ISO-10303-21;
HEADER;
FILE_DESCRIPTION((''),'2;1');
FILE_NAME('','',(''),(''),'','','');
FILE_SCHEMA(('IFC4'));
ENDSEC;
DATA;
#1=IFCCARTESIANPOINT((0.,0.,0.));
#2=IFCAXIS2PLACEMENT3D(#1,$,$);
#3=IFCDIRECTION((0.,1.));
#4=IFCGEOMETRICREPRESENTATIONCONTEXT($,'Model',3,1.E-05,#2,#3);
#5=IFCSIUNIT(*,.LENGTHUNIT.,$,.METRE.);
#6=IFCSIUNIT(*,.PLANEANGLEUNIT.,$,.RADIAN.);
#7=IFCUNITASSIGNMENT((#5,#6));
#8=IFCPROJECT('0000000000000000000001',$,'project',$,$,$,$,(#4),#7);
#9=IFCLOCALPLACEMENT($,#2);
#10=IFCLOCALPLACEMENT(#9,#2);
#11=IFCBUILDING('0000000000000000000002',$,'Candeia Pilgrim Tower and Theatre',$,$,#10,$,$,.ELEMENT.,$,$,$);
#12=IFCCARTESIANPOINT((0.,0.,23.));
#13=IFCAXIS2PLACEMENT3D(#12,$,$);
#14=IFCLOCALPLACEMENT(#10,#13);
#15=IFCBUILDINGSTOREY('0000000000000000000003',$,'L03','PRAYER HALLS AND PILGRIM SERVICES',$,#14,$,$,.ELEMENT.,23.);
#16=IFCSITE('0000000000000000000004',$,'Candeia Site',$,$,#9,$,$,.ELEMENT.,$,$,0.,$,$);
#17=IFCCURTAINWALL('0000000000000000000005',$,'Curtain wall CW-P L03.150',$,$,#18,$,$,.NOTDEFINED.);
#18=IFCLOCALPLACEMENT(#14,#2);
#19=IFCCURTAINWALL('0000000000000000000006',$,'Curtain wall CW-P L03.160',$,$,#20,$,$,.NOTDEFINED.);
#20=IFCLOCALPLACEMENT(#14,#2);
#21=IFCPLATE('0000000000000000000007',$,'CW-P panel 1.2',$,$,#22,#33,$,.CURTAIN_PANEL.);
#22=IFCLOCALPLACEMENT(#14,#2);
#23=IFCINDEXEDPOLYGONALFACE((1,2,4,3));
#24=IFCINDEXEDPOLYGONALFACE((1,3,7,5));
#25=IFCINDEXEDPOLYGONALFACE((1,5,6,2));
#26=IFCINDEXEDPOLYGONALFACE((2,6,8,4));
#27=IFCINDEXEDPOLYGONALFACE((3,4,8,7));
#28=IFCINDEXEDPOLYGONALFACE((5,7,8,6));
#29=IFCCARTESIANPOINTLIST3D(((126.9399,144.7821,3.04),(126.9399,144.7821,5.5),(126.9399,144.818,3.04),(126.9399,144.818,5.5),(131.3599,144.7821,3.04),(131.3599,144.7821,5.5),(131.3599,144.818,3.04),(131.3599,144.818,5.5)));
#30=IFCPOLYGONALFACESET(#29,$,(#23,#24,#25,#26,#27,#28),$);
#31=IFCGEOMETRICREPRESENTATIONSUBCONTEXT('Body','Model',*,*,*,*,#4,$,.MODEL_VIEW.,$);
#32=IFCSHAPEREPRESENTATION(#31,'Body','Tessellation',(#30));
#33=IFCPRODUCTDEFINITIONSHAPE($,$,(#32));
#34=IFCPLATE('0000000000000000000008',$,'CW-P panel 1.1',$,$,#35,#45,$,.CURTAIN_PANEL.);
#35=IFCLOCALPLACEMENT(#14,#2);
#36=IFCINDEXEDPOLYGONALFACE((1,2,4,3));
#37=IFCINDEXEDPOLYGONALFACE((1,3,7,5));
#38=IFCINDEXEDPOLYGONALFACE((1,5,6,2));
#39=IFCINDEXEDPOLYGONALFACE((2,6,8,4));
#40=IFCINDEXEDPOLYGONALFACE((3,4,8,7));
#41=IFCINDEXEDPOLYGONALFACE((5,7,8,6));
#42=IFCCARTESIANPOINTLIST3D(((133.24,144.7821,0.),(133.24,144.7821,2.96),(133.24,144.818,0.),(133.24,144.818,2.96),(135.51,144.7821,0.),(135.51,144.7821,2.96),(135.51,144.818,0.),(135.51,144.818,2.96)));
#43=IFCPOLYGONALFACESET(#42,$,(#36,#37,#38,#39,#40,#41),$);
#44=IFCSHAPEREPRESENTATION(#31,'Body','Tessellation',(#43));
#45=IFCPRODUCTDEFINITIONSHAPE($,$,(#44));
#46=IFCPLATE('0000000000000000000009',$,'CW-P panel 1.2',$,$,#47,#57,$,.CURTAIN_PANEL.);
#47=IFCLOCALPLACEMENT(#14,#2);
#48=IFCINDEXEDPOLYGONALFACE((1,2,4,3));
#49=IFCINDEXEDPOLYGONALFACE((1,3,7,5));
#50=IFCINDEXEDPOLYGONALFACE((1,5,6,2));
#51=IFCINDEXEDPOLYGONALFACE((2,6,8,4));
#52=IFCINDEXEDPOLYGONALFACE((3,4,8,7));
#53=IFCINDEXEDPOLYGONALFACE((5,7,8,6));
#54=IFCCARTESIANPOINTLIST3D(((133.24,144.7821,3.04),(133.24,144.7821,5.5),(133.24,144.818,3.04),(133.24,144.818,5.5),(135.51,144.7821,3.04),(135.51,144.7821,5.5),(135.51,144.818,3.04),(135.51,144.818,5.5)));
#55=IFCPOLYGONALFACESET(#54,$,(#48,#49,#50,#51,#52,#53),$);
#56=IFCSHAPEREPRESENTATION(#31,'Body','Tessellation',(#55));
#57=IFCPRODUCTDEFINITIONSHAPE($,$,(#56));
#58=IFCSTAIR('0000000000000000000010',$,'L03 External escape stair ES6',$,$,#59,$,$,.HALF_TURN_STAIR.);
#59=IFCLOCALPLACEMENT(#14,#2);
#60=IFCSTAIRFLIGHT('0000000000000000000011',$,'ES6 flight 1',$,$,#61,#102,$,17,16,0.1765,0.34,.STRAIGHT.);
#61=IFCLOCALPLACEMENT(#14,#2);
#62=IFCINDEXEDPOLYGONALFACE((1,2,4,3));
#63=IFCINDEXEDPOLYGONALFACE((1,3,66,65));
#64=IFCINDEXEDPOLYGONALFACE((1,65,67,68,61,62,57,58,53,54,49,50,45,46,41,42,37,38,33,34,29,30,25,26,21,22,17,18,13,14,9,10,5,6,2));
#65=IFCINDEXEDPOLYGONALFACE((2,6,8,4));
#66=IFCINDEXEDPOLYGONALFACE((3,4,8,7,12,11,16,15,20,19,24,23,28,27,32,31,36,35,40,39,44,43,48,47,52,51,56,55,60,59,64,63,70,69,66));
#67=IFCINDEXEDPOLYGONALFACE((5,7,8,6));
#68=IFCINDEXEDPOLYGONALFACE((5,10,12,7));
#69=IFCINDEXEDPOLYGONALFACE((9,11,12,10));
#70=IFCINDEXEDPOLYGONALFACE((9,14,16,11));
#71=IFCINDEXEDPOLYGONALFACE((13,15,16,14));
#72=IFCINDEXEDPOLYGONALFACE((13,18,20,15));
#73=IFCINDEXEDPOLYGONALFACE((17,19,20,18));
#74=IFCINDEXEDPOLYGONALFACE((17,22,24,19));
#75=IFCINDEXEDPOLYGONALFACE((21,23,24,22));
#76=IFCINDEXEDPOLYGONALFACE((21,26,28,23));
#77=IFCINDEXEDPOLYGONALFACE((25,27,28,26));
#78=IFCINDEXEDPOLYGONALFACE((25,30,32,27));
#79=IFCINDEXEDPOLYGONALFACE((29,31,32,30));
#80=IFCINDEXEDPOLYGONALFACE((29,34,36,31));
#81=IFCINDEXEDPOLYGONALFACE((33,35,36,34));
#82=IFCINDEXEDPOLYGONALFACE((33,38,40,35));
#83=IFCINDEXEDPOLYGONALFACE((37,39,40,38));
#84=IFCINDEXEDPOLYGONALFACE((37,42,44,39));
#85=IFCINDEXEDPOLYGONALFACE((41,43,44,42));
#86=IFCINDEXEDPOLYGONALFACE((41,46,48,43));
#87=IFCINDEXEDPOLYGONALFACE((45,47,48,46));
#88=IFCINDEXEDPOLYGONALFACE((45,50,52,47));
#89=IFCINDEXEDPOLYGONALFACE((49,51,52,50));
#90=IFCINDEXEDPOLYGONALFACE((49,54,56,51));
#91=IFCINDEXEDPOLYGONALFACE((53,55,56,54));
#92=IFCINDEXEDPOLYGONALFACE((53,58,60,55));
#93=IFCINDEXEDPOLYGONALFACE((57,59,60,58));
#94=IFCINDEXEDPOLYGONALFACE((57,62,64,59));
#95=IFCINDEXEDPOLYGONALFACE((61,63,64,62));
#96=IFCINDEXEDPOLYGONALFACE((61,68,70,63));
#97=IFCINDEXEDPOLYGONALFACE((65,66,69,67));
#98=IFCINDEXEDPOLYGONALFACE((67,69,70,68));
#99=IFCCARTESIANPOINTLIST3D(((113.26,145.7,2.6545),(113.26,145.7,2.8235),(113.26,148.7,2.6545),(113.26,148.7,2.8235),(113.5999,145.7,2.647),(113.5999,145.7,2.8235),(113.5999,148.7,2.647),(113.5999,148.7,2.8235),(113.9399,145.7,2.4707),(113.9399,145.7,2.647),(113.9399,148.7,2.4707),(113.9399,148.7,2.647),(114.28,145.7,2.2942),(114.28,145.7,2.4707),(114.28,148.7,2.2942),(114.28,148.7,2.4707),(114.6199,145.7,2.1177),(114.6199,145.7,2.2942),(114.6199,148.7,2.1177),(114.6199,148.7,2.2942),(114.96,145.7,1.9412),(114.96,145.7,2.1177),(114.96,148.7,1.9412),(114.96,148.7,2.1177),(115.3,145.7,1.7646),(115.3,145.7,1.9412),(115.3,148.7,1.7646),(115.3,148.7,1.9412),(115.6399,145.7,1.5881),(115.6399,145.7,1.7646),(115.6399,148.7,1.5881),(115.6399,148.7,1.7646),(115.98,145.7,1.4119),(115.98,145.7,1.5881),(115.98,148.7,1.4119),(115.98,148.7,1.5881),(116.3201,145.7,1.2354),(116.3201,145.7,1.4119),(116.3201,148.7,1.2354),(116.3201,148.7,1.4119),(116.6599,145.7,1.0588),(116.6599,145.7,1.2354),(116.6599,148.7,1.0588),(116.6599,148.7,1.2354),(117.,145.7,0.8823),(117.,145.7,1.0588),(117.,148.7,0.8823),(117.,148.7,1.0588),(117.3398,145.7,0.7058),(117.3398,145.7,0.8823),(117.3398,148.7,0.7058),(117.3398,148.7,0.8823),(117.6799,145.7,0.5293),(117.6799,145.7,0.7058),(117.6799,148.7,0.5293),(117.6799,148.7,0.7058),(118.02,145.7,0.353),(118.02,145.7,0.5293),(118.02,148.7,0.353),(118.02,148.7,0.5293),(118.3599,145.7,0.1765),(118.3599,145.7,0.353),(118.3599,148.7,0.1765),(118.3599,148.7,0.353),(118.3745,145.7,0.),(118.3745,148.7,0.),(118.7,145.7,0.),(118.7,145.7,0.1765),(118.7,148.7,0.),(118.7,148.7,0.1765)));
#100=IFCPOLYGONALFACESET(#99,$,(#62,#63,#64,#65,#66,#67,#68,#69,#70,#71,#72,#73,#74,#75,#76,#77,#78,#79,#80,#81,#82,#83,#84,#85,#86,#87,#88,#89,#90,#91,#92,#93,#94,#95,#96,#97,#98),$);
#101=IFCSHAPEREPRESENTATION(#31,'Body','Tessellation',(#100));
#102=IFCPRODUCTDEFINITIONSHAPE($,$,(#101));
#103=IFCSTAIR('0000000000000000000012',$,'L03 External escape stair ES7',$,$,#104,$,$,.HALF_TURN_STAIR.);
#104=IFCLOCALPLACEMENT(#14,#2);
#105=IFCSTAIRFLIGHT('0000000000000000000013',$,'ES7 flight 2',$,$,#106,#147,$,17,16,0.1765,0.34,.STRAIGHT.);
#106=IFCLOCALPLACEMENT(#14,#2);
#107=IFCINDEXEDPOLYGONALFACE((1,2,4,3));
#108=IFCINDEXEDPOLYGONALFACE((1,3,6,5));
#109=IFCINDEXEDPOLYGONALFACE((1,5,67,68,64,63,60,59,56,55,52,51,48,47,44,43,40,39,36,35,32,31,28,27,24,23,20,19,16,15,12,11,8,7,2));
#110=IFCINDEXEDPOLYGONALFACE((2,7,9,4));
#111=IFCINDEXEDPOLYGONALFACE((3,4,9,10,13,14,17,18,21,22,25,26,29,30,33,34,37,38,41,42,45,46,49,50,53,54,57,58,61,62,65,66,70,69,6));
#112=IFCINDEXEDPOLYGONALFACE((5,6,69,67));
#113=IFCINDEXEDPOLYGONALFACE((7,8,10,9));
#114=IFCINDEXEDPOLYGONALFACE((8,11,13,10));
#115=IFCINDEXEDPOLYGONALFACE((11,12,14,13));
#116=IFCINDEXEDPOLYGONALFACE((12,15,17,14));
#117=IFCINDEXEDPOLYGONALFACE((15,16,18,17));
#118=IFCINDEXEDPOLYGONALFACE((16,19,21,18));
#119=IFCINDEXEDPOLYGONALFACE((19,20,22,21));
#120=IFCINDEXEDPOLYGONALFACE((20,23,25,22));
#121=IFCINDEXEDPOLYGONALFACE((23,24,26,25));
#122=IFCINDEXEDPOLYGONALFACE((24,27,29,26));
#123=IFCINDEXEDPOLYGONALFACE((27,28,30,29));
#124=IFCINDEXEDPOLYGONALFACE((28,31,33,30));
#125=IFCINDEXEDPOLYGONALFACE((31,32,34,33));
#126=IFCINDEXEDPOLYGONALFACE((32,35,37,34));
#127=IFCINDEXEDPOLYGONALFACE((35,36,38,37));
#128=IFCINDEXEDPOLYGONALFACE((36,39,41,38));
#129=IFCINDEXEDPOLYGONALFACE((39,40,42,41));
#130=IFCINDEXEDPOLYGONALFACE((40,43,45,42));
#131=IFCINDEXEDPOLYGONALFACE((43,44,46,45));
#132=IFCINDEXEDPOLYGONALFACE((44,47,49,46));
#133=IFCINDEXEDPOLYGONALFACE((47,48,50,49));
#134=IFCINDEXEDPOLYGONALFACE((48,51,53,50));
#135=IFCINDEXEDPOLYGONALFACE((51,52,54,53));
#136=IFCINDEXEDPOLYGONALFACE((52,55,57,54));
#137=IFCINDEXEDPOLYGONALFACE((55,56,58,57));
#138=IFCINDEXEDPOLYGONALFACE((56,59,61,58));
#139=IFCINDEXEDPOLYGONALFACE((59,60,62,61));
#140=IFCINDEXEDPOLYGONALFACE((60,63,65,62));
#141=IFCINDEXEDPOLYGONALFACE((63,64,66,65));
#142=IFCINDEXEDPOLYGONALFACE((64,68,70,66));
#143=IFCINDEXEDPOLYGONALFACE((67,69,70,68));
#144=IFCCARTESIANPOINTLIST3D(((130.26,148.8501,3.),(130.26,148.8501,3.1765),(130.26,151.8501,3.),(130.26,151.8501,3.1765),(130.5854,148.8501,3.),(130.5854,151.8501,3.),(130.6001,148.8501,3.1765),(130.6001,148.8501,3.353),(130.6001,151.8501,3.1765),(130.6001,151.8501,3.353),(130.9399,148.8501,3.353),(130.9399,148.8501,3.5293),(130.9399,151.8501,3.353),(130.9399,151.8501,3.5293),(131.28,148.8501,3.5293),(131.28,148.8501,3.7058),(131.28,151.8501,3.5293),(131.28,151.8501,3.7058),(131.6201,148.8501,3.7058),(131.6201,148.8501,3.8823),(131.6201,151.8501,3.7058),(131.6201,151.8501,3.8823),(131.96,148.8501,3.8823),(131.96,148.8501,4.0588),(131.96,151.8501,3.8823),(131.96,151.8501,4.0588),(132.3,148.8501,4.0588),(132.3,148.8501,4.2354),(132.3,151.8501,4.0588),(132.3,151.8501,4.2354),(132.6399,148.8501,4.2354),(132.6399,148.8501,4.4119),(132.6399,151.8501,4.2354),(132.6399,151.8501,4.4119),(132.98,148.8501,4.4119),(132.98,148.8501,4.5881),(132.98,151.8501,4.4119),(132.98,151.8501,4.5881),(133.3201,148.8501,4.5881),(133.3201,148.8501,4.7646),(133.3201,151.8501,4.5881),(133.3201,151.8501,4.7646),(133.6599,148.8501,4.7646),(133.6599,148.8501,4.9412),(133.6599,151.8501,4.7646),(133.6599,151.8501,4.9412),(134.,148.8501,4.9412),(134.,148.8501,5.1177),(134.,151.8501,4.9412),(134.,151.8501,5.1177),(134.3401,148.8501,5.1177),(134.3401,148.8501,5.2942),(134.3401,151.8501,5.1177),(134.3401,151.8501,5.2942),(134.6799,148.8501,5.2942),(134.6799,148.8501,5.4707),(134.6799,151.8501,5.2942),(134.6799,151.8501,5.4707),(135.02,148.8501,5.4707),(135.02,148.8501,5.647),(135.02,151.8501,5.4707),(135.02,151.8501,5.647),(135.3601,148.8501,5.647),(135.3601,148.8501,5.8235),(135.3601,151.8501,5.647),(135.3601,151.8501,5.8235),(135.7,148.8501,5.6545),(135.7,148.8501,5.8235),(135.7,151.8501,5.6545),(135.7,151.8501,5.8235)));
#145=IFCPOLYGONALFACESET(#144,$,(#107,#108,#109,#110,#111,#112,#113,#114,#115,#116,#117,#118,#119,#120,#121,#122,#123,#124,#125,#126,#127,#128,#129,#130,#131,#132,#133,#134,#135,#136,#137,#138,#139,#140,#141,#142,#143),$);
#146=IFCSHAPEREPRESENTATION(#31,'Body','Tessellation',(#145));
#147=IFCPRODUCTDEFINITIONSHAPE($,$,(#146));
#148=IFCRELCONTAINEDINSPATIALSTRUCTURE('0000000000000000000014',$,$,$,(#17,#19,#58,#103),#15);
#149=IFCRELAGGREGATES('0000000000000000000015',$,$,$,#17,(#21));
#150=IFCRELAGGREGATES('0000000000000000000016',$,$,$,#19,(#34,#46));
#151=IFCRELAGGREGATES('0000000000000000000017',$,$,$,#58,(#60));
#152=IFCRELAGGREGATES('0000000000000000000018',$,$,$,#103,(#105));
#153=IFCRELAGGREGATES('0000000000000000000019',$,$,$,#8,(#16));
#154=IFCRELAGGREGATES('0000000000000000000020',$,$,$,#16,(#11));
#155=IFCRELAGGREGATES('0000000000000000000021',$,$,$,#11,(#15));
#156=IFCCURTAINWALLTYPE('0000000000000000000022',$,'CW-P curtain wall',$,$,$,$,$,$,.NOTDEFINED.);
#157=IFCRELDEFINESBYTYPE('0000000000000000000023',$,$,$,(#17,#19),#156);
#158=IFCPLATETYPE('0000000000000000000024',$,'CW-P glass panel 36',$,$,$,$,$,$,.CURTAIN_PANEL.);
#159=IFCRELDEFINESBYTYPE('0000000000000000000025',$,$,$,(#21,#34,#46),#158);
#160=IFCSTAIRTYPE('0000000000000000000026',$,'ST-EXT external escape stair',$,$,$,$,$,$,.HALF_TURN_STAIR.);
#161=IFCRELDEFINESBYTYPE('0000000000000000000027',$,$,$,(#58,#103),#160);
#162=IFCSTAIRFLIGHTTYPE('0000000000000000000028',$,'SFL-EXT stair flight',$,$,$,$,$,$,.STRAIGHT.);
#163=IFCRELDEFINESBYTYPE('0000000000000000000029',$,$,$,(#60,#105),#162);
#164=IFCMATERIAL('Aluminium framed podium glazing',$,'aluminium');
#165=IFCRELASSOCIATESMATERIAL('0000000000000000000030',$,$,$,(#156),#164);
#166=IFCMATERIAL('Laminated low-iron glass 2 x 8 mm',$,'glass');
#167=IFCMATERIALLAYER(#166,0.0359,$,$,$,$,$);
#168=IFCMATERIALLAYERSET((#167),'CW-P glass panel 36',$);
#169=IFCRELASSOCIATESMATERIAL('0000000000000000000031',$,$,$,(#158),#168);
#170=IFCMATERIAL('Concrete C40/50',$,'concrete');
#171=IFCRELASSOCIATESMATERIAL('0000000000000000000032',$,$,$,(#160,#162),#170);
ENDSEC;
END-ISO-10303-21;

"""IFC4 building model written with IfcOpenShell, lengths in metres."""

from ifc_helpers import new_model, si_unit, direction, frame, origin, origin_2d, place, context, subcontext, project, spatial, polyline, rectangle, outline, extrude, material, layer, layer_set, type_object, element, aggregate, save


model = new_model("IFC4")

# Units and contexts
model_context = context("Model", 3, precision=1e-05, world=origin(), true_north=direction((0.0, 1.0)))
body_context = subcontext(model_context, "Body", "Model", "MODEL_VIEW")
ifc_project = project(units=[si_unit("LENGTHUNIT", "METRE"), si_unit("PLANEANGLEUNIT", "RADIAN")], contexts=[model_context])

# Site, building, storey
site_placement = place(None, origin())
site = spatial("IfcSite", under=ifc_project, at=site_placement, Name="Candeia Site", CompositionType="ELEMENT", RefElevation=0.0)
building_placement = place(site_placement, origin())
building = spatial("IfcBuilding", under=site, at=building_placement, Name="Candeia Pilgrim Tower and Theatre", CompositionType="ELEMENT")
storey_placement = place(building_placement, frame((0.0, 0.0, 23.0)))
storey = spatial("IfcBuildingStorey", under=building, at=storey_placement, Name="L03", Description="PRAYER HALLS AND PILGRIM SERVICES", CompositionType="ELEMENT", Elevation=23.0)

# Shared definitions
ifc_material_1 = material(Name="Concrete C40/50", Category="concrete")

# Curtain wall
ifc_material_2 = material(Name="Aluminium framed podium glazing", Category="aluminium")
curtain_wall_type = type_object("IfcCurtainWallType", Name="CW-P curtain wall", PredefinedType="NOTDEFINED", material=ifc_material_2)
curtain_wall_1_placement = place(storey_placement, origin())
curtain_wall_1 = element("IfcCurtainWall", 1, at=curtain_wall_1_placement, inside=storey, type_object=curtain_wall_type, Name="Curtain wall CW-P L03.150", PredefinedType="NOTDEFINED")

# Curtain wall
curtain_wall_2_placement = place(storey_placement, origin())
curtain_wall_2 = element("IfcCurtainWall", 2, at=curtain_wall_2_placement, inside=storey, type_object=curtain_wall_type, Name="Curtain wall CW-P L03.160", PredefinedType="NOTDEFINED")

# Plates
ifc_material_3 = material(Name="Laminated low-iron glass 2 x 8 mm", Category="glass")
ifc_layer_1 = layer(ifc_material_3, 0.0359)
ifc_layer_set_1 = layer_set([ifc_layer_1], Name="CW-P glass panel 36")
plate_type = type_object("IfcPlateType", Name="CW-P glass panel 36", PredefinedType="CURTAIN_PANEL", material=ifc_layer_set_1)
plate_1_placement = place(storey_placement, frame((129.1499, 144.8, 3.04), z_axis=(0.0, 0.0, 1.0), x_axis=(1.0, 0.0, 0.0)))
plate_1 = element("IfcPlate", 3, at=plate_1_placement, type_object=plate_type, Name="CW-P panel 1.2", PredefinedType="CURTAIN_PANEL", context=body_context, shape_type="SweptSolid", body=[
    extrude(rectangle(XDim=4.4199, YDim=0.0359, at=origin_2d()), origin(), (0.0, 0.0, 1.0), 2.46),
])
aggregate(curtain_wall_1, [plate_1])
plate_2_placement = place(storey_placement, frame((134.375, 144.8, 0.0), z_axis=(0.0, 0.0, 1.0), x_axis=(1.0, 0.0, 0.0)))
plate_2 = element("IfcPlate", 4, at=plate_2_placement, type_object=plate_type, Name="CW-P panel 1.1", PredefinedType="CURTAIN_PANEL", context=body_context, shape_type="SweptSolid", body=[
    extrude(rectangle(XDim=2.27, YDim=0.0359, at=origin_2d()), origin(), (0.0, 0.0, 1.0), 2.96),
])
plate_3_placement = place(storey_placement, frame((134.375, 144.8, 3.04), z_axis=(0.0, 0.0, 1.0), x_axis=(1.0, 0.0, 0.0)))
plate_3 = element("IfcPlate", 5, at=plate_3_placement, type_object=plate_type, Name="CW-P panel 1.2", PredefinedType="CURTAIN_PANEL", context=body_context, shape_type="SweptSolid", body=[
    extrude(rectangle(XDim=2.27, YDim=0.0359, at=origin_2d()), origin(), (0.0, 0.0, 1.0), 2.46),
])
aggregate(curtain_wall_2, [plate_2, plate_3])

# Stairs, stair flights
stair_type = type_object("IfcStairType", Name="ST-EXT external escape stair", PredefinedType="HALF_TURN_STAIR", material=ifc_material_1)
stair_1_placement = place(storey_placement, origin())
stair_1 = element("IfcStair", 6, at=stair_1_placement, inside=storey, type_object=stair_type, Name="L03 External escape stair ES6", PredefinedType="HALF_TURN_STAIR")
stair_flight_type = type_object("IfcStairFlightType", Name="SFL-EXT stair flight", PredefinedType="STRAIGHT", material=ifc_material_1)
stair_flight_1_placement = place(storey_placement, frame((118.7, 147.2, 0.0), z_axis=(0.0, 0.0, 1.0), x_axis=(-1.0, 0.0, 0.0)))
stair_flight_1 = element("IfcStairFlight", 7, at=stair_flight_1_placement, type_object=stair_flight_type, Name="ES6 flight 1", NumberOfRisers=17, NumberOfTreads=16, PredefinedType="STRAIGHT", RiserHeight=0.1765, TreadLength=0.34, context=body_context, shape_type="SweptSolid", body=[
    extrude(outline(polyline([(0.0, 0.0), (0.0, 0.1765), (0.3401, 0.1765), (0.3401, 0.353), (0.6799, 0.353), (0.6799, 0.5293), (1.02, 0.5293), (1.02, 0.7058), (1.3601, 0.7058), (1.3601, 0.8823), (1.7, 0.8823), (1.7, 1.0588), (2.04, 1.0588), (2.04, 1.2354), (2.3799, 1.2354), (2.3799, 1.4119), (2.72, 1.4119), (2.72, 1.5881), (3.0601, 1.5881), (3.0601, 1.7646), (3.3999, 1.7646), (3.3999, 1.9412), (3.74, 1.9412), (3.74, 2.1177), (4.0801, 2.1177), (4.0801, 2.2942), (4.4199, 2.2942), (4.4199, 2.4707), (4.76, 2.4707), (4.76, 2.647), (5.1001, 2.647), (5.1001, 2.8235), (5.4399, 2.8235), (5.4399, 3.0), (5.4399, 2.6545), (0.3254, 0.0), (0.0, 0.0)])), frame((0.0, 1.5, 0.0), z_axis=(0.0, -1.0, 0.0), x_axis=(1.0, 0.0, 0.0)), (0.0, 0.0, 1.0), 3.0),
])
aggregate(stair_1, [stair_flight_1])
stair_2_placement = place(storey_placement, origin())
stair_2 = element("IfcStair", 8, at=stair_2_placement, inside=storey, type_object=stair_type, Name="L03 External escape stair ES7", PredefinedType="HALF_TURN_STAIR")
stair_flight_2_placement = place(storey_placement, frame((130.26, 150.3501, 3.0), z_axis=(0.0, 0.0, 1.0), x_axis=(1.0, 0.0, 0.0)))
stair_flight_2 = element("IfcStairFlight", 9, at=stair_flight_2_placement, type_object=stair_flight_type, Name="ES7 flight 2", NumberOfRisers=17, NumberOfTreads=16, PredefinedType="STRAIGHT", RiserHeight=0.1765, TreadLength=0.34, context=body_context, shape_type="SweptSolid", body=[
    extrude(outline(polyline([(0.0, 0.0), (0.0, 0.1765), (0.3401, 0.1765), (0.3401, 0.353), (0.6799, 0.353), (0.6799, 0.5293), (1.02, 0.5293), (1.02, 0.7058), (1.3601, 0.7058), (1.3601, 0.8823), (1.7, 0.8823), (1.7, 1.0588), (2.04, 1.0588), (2.04, 1.2354), (2.3799, 1.2354), (2.3799, 1.4119), (2.72, 1.4119), (2.72, 1.5881), (3.0601, 1.5881), (3.0601, 1.7646), (3.3999, 1.7646), (3.3999, 1.9412), (3.74, 1.9412), (3.74, 2.1177), (4.0801, 2.1177), (4.0801, 2.2942), (4.4199, 2.2942), (4.4199, 2.4707), (4.76, 2.4707), (4.76, 2.647), (5.1001, 2.647), (5.1001, 2.8235), (5.4399, 2.8235), (5.4399, 3.0), (5.4399, 2.6545), (0.3254, 0.0), (0.0, 0.0)])), frame((0.0, 1.5, 0.0), z_axis=(0.0, -1.0, 0.0), x_axis=(1.0, 0.0, 0.0)), (0.0, 0.0, 1.0), 3.0),
])
aggregate(stair_2, [stair_flight_2])

save(model, "model.ifc")
